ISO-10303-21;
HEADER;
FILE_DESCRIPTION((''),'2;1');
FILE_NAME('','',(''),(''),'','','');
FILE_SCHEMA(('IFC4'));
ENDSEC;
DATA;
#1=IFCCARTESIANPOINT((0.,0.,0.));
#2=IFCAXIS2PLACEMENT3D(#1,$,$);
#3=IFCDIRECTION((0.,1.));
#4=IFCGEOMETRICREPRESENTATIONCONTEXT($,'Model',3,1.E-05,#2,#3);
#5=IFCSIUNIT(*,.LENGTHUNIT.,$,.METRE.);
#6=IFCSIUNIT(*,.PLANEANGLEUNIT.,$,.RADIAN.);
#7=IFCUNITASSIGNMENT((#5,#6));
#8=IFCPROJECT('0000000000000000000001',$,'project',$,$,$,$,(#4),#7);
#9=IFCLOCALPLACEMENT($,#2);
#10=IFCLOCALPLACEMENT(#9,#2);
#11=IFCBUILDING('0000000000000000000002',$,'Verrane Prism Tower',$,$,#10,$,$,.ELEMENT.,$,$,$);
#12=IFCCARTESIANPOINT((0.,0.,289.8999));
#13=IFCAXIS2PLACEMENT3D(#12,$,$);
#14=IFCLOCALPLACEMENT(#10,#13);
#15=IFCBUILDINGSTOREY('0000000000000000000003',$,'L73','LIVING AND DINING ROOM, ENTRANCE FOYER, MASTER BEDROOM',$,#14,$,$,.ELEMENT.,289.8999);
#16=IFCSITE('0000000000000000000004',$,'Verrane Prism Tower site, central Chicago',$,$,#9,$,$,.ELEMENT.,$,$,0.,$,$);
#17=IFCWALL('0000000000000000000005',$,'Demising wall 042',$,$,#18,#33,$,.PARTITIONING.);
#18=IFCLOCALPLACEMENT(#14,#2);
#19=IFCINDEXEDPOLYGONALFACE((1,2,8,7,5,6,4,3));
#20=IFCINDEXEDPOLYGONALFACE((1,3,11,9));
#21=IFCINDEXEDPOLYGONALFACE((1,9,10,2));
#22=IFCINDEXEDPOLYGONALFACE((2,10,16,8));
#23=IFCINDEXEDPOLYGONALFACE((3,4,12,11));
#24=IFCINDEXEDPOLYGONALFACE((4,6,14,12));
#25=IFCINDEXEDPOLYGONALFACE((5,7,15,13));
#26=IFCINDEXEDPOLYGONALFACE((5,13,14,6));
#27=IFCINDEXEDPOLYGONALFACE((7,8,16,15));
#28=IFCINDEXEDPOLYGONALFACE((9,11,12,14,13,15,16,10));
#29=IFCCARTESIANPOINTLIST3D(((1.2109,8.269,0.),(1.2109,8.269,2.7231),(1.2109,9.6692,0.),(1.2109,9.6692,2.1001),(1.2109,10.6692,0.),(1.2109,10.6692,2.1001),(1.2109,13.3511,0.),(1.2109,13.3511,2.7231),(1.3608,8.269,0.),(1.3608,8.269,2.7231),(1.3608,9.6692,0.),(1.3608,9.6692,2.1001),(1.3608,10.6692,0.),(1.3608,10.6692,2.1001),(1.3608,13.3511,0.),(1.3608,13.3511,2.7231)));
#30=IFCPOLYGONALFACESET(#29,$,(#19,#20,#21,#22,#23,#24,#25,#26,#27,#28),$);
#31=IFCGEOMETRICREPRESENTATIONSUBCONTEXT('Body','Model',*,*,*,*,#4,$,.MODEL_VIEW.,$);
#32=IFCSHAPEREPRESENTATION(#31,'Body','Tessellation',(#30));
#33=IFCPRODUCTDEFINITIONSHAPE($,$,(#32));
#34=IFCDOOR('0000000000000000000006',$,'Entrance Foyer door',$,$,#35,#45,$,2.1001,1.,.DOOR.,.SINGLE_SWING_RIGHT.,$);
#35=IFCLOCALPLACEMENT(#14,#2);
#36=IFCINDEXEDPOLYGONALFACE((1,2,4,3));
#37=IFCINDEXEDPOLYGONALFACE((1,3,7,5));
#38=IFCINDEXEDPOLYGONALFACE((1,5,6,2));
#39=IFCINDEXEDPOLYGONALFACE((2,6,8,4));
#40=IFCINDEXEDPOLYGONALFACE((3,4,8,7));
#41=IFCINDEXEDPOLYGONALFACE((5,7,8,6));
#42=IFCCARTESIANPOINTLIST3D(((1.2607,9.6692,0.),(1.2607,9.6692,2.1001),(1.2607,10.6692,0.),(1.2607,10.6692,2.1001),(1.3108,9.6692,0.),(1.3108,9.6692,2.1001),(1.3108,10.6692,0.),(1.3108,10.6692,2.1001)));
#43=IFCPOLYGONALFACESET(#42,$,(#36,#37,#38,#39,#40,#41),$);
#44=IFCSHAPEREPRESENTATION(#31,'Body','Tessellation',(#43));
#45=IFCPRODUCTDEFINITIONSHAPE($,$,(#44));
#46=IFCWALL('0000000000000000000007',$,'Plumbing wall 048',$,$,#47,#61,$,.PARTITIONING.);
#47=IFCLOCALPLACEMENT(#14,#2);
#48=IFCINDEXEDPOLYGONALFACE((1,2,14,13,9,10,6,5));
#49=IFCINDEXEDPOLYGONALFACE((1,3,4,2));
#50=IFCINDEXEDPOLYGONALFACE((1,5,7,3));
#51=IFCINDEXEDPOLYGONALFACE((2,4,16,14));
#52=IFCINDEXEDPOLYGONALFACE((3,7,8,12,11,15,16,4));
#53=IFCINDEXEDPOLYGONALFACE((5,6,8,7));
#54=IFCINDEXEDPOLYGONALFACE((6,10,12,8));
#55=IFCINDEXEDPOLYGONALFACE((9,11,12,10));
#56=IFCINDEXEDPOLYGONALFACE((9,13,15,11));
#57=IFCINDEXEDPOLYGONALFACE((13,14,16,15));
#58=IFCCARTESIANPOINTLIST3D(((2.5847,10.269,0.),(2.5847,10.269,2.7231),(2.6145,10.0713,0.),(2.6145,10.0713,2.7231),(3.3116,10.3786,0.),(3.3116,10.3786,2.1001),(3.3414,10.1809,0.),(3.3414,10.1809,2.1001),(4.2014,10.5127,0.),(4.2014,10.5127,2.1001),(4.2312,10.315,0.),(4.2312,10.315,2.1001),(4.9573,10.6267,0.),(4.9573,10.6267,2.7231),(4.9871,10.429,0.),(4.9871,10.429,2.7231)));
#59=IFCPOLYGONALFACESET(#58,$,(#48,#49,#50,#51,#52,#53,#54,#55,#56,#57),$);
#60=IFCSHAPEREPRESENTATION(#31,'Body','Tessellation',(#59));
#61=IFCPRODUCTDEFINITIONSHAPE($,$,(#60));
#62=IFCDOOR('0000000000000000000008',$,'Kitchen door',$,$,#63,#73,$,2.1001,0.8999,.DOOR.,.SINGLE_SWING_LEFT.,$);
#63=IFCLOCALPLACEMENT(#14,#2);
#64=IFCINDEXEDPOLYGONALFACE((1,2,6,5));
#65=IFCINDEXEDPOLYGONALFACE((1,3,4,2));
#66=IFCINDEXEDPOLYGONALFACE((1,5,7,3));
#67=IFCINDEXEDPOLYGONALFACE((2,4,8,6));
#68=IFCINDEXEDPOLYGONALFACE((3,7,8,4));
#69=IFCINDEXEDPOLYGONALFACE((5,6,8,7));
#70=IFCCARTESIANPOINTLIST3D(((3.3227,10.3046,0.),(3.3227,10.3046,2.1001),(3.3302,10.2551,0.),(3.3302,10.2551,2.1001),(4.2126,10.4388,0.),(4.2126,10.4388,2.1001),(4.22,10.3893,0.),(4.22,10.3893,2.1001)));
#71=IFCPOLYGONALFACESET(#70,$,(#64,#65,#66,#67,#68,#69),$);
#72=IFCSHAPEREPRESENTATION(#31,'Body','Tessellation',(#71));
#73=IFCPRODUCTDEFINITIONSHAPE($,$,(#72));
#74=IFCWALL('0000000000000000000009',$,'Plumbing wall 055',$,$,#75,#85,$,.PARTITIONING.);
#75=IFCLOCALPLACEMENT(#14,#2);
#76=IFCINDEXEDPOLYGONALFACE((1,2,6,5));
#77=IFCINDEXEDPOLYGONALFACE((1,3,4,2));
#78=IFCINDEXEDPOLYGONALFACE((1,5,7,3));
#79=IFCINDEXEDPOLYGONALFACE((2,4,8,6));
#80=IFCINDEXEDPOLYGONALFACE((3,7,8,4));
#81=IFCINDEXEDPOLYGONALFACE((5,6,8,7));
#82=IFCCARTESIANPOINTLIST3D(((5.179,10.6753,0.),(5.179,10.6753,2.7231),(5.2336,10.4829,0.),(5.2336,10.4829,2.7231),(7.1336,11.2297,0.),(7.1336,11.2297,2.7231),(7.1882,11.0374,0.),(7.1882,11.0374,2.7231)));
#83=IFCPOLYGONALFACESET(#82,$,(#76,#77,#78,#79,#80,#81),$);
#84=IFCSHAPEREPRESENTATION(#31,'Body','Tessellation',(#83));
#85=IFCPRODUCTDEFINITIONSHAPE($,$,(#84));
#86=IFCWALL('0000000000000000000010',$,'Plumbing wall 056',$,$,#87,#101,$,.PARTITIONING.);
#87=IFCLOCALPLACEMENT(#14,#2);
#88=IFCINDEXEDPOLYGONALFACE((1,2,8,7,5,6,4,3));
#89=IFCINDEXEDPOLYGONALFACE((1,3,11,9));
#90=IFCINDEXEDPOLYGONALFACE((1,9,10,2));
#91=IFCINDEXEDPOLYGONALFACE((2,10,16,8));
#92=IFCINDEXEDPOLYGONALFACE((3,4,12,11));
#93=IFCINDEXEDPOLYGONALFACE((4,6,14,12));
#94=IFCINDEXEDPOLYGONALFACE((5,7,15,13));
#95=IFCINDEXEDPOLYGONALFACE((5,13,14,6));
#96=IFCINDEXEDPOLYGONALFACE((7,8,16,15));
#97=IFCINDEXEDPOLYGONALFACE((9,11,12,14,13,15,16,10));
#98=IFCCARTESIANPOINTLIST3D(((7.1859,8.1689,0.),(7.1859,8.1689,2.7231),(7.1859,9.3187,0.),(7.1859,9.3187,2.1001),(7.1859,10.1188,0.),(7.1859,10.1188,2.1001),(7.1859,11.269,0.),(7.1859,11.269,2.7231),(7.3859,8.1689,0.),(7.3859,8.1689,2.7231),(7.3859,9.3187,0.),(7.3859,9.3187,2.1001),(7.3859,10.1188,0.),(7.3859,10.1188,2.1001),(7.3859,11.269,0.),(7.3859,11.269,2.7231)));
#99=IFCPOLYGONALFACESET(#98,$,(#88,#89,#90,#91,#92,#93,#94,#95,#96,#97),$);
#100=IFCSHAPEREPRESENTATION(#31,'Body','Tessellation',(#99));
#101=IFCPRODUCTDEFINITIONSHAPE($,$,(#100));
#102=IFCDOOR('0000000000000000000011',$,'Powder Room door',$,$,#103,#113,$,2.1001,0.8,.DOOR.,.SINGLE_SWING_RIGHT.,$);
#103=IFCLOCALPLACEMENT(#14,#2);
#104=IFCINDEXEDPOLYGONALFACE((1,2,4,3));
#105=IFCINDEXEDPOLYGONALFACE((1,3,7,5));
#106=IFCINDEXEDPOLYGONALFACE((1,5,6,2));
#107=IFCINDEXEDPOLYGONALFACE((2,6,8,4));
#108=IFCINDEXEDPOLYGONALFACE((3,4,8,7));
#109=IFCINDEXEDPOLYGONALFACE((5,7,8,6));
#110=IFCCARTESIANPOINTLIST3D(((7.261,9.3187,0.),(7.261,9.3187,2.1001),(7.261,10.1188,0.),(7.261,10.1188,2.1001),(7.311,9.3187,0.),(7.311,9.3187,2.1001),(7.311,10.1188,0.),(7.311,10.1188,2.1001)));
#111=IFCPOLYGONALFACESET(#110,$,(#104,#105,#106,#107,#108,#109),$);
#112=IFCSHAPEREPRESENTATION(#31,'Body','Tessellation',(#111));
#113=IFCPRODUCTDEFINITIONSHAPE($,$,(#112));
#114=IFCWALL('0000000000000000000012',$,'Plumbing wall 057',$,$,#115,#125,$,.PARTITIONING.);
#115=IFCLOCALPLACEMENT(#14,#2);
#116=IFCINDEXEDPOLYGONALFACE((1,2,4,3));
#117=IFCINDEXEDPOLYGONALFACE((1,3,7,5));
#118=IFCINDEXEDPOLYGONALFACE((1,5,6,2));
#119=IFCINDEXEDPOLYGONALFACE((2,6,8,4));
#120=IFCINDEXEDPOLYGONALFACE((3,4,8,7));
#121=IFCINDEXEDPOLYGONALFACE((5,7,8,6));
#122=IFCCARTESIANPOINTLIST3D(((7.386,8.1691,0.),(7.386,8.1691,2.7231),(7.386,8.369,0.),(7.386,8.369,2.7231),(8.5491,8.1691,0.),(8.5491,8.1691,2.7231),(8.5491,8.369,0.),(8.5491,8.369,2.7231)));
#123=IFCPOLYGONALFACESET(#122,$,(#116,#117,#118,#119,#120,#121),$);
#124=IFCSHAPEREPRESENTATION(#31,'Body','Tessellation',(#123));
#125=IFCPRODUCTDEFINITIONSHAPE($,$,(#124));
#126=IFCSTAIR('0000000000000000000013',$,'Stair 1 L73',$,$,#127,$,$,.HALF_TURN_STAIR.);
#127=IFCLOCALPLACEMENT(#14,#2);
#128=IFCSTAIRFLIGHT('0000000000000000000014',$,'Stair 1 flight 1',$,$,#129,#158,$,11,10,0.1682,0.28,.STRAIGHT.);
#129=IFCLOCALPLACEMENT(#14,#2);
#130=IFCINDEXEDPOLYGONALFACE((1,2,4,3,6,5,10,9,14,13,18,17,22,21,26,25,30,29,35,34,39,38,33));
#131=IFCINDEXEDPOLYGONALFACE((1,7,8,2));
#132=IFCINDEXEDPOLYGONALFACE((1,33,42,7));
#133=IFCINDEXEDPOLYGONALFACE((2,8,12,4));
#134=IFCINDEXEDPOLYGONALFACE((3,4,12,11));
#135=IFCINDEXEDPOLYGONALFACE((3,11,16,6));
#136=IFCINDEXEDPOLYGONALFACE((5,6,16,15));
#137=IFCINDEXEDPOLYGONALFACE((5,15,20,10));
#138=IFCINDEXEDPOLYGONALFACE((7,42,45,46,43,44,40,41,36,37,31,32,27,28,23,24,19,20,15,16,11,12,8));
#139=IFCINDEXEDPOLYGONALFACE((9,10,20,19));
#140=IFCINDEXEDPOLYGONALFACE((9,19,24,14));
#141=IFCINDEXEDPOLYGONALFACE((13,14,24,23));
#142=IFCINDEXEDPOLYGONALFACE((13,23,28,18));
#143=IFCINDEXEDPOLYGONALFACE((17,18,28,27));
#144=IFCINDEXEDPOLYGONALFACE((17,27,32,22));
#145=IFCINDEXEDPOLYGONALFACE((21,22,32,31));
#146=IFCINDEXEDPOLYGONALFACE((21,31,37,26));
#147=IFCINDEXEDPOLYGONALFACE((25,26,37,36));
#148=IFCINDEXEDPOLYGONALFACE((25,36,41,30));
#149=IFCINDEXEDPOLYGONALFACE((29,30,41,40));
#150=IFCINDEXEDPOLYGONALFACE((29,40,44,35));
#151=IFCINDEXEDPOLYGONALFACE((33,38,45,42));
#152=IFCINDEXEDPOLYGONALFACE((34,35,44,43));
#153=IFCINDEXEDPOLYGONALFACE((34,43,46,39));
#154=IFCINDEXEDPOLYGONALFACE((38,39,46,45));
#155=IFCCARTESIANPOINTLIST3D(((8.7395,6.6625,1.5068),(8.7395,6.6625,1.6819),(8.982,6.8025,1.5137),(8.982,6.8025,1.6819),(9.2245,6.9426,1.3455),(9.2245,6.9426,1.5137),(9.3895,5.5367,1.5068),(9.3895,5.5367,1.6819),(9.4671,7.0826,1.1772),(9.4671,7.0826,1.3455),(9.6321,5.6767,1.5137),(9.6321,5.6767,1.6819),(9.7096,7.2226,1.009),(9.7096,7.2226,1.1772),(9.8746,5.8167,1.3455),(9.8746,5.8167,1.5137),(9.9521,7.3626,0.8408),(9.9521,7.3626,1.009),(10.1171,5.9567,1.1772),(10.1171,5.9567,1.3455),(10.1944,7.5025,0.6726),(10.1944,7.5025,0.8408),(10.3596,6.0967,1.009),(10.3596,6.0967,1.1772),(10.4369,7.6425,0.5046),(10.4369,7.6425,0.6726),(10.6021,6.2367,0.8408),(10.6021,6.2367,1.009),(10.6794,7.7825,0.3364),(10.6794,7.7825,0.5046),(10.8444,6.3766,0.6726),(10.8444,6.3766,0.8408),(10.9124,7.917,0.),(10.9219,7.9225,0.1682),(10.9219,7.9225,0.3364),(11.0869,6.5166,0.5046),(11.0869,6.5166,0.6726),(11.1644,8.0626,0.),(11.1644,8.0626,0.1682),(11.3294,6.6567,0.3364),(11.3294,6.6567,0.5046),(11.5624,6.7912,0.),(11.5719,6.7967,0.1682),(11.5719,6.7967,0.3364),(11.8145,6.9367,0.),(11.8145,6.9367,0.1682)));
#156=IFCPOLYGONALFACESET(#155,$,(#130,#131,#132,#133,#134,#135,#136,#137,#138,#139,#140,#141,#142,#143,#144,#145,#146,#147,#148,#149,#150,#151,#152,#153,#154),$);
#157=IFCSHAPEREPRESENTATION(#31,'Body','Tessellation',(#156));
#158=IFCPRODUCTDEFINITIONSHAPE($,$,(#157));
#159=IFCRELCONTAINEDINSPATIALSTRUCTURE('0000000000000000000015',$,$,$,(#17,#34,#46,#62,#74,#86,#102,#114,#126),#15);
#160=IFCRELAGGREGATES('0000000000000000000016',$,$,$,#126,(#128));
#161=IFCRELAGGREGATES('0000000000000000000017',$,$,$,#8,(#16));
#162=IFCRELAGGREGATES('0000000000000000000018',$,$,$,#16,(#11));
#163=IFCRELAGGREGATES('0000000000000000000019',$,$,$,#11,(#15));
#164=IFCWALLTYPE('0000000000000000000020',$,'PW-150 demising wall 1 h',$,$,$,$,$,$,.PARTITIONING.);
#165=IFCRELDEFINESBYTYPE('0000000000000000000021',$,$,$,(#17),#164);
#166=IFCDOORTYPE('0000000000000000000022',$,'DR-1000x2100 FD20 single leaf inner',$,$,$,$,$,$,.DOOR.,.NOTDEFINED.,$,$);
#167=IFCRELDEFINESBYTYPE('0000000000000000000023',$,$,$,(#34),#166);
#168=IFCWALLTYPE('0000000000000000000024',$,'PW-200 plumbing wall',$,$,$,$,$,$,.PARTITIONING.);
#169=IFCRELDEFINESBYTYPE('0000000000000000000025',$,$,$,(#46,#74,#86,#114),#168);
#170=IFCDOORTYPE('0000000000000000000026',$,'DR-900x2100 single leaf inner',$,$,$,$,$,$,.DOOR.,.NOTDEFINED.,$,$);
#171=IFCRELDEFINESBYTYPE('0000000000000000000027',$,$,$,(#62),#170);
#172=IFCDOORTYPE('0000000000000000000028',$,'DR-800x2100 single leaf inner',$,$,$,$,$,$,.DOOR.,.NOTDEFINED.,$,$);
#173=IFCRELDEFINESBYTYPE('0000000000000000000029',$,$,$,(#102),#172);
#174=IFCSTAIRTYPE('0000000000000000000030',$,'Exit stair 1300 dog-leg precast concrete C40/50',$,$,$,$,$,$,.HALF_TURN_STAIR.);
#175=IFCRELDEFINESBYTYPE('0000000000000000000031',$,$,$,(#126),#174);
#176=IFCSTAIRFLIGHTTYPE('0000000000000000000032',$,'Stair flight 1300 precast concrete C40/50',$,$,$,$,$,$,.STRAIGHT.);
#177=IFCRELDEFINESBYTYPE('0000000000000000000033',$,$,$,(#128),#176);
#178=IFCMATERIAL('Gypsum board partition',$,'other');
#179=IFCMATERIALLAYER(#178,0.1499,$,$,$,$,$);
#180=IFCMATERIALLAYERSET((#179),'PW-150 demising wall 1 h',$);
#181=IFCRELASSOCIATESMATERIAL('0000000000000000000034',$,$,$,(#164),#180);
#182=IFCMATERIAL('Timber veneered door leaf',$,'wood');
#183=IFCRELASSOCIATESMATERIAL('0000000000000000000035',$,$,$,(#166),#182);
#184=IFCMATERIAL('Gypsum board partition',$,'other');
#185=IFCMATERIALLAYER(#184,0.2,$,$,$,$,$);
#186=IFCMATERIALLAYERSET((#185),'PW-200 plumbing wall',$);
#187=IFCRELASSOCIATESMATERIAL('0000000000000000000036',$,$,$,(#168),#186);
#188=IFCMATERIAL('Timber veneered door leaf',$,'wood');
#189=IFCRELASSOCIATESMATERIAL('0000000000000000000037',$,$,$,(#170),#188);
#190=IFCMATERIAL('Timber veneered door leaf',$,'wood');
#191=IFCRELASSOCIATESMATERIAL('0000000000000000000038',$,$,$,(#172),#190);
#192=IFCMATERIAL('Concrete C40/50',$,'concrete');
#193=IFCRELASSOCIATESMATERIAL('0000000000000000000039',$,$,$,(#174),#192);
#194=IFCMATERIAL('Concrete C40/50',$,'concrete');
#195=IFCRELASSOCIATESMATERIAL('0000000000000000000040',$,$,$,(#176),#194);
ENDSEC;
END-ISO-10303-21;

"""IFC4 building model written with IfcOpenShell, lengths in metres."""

from ifc_helpers import new_model, si_unit, direction, frame, frame_2d, origin, place, context, subcontext, project, spatial, polyline, rectangle, outline, extrude, material, layer, layer_set, type_object, element, fill, aggregate, save


model = new_model("IFC4")

# Units and contexts
model_context = context("Model", 3, precision=1e-05, world=origin(), true_north=direction((0.0, 1.0)))
body_context = subcontext(model_context, "Body", "Model", "MODEL_VIEW")
ifc_project = project(units=[si_unit("LENGTHUNIT", "METRE"), si_unit("PLANEANGLEUNIT", "RADIAN")], contexts=[model_context])

# Site, building, storey
site_placement = place(None, origin())
site = spatial("IfcSite", under=ifc_project, at=site_placement, Name="Verrane Prism Tower site, central Chicago", CompositionType="ELEMENT", RefElevation=0.0)
building_placement = place(site_placement, origin())
building = spatial("IfcBuilding", under=site, at=building_placement, Name="Verrane Prism Tower", CompositionType="ELEMENT")
storey_placement = place(building_placement, frame((0.0, 0.0, 289.8999)))
storey = spatial("IfcBuildingStorey", under=building, at=storey_placement, Name="L73", Description="LIVING AND DINING ROOM, ENTRANCE FOYER, MASTER BEDROOM", CompositionType="ELEMENT", Elevation=289.8999)

# Walls, openings, doors
ifc_material_1 = material(Name="Gypsum board partition", Category="other")
ifc_layer_1 = layer(ifc_material_1, 0.1499)
ifc_layer_set_1 = layer_set([ifc_layer_1], Name="PW-150 demising wall 1 h")
wall_type_1 = type_object("IfcWallType", Name="PW-150 demising wall 1 h", PredefinedType="PARTITIONING", material=ifc_layer_set_1)
wall_1_placement = place(storey_placement, frame((1.2859, 13.3511, 0.0), z_axis=(0.0, 0.0, 1.0), x_axis=(0.0, -1.0, 0.0)))
wall_1 = element("IfcWall", 1, at=wall_1_placement, inside=storey, type_object=wall_type_1, Name="Demising wall 042", PredefinedType="PARTITIONING", context=body_context, shape_type="SweptSolid", body=[
    extrude(rectangle(XDim=5.082, YDim=0.1499, at=frame_2d((2.541, 0.0))), origin(), (0.0, 0.0, 1.0), 2.7231),
])
opening_1_placement = place(wall_1_placement, frame((2.6819, 0.0, 0.0)))
opening_1 = element("IfcOpeningElement", 2, at=opening_1_placement, cuts=wall_1, PredefinedType="OPENING", context=body_context, shape_type="SweptSolid", body=[
    extrude(rectangle(XDim=1.0, YDim=2.1001, at=frame_2d((0.5, 1.05))), frame((0.0, 0.085, 0.0), z_axis=(0.0, -1.0, 0.0), x_axis=(1.0, 0.0, 0.0)), (0.0, 0.0, 1.0), 0.1699),
])
ifc_material_2 = material(Name="Timber veneered door leaf", Category="wood")
door_type_1 = type_object("IfcDoorType", Name="DR-1000x2100 FD20 single leaf inner", OperationType="NOTDEFINED", PredefinedType="DOOR", material=ifc_material_2)
door_1_placement = place(opening_1_placement, origin())
door_1 = element("IfcDoor", 3, at=door_1_placement, inside=storey, type_object=door_type_1, Name="Entrance Foyer door", OperationType="SINGLE_SWING_RIGHT", OverallHeight=2.1001, OverallWidth=1.0, PredefinedType="DOOR", context=body_context, shape_type="SweptSolid", body=[
    extrude(rectangle(XDim=1.0, YDim=2.1001, at=frame_2d((0.5, 1.05))), frame((0.0, 0.0249, 0.0), z_axis=(0.0, -1.0, 0.0), x_axis=(1.0, 0.0, 0.0)), (0.0, 0.0, 1.0), 0.05),
])
fill(opening_1, door_1)
ifc_material_3 = material(Name="Gypsum board partition", Category="other")
ifc_layer_2 = layer(ifc_material_3, 0.2)
ifc_layer_set_2 = layer_set([ifc_layer_2], Name="PW-200 plumbing wall")
wall_type_2 = type_object("IfcWallType", Name="PW-200 plumbing wall", PredefinedType="PARTITIONING", material=ifc_layer_set_2)
wall_2_placement = place(storey_placement, frame((4.9722, 10.5278, 0.0), z_axis=(0.0, 0.0, 1.0), x_axis=(-0.988827, -0.149067, 0.0)))
wall_2 = element("IfcWall", 4, at=wall_2_placement, inside=storey, type_object=wall_type_2, Name="Plumbing wall 048", PredefinedType="PARTITIONING", context=body_context, shape_type="SweptSolid", body=[
    extrude(rectangle(XDim=2.3994, YDim=0.2, at=frame_2d((1.1997, 0.0))), origin(), (0.0, 0.0, 1.0), 2.7231),
])
opening_2_placement = place(wall_2_placement, frame((0.7644, 0.0, 0.0)))
opening_2 = element("IfcOpeningElement", 5, at=opening_2_placement, cuts=wall_2, PredefinedType="OPENING", context=body_context, shape_type="SweptSolid", body=[
    extrude(rectangle(XDim=0.8999, YDim=2.1001, at=frame_2d((0.45, 1.05))), frame((0.0, 0.1099, 0.0), z_axis=(0.0, -1.0, 0.0), x_axis=(1.0, 0.0, 0.0)), (0.0, 0.0, 1.0), 0.22),
])
ifc_material_4 = material(Name="Timber veneered door leaf", Category="wood")
door_type_2 = type_object("IfcDoorType", Name="DR-900x2100 single leaf inner", OperationType="NOTDEFINED", PredefinedType="DOOR", material=ifc_material_4)
door_2_placement = place(opening_2_placement, origin())
door_2 = element("IfcDoor", 6, at=door_2_placement, inside=storey, type_object=door_type_2, Name="Kitchen door", OperationType="SINGLE_SWING_LEFT", OverallHeight=2.1001, OverallWidth=0.8999, PredefinedType="DOOR", context=body_context, shape_type="SweptSolid", body=[
    extrude(rectangle(XDim=0.8999, YDim=2.1001, at=frame_2d((0.45, 1.05))), frame((0.0, 0.0249, 0.0), z_axis=(0.0, -1.0, 0.0), x_axis=(1.0, 0.0, 0.0)), (0.0, 0.0, 1.0), 0.05),
])
fill(opening_2, door_2)

# Wall
wall_3_placement = place(storey_placement, frame((5.2063, 10.5791, 0.0), z_axis=(0.0, 0.0, 1.0), x_axis=(0.962044, 0.272895, 0.0)))
element("IfcWall", 7, at=wall_3_placement, inside=storey, type_object=wall_type_2, Name="Plumbing wall 055", PredefinedType="PARTITIONING", context=body_context, shape_type="SweptSolid", body=[
    extrude(rectangle(XDim=2.0317, YDim=0.2, at=frame_2d((1.0159, 0.0))), origin(), (0.0, 0.0, 1.0), 2.7231),
])

# Wall, opening, door
wall_4_placement = place(storey_placement, frame((7.2859, 8.1689, 0.0), z_axis=(0.0, 0.0, 1.0), x_axis=(0.0, 1.0, 0.0)))
wall_4 = element("IfcWall", 8, at=wall_4_placement, inside=storey, type_object=wall_type_2, Name="Plumbing wall 056", PredefinedType="PARTITIONING", context=body_context, shape_type="SweptSolid", body=[
    extrude(rectangle(XDim=3.1001, YDim=0.2, at=frame_2d((1.55, 0.0))), origin(), (0.0, 0.0, 1.0), 2.7231),
])
opening_3_placement = place(wall_4_placement, frame((1.1499, 0.0, 0.0)))
opening_3 = element("IfcOpeningElement", 9, at=opening_3_placement, cuts=wall_4, PredefinedType="OPENING", context=body_context, shape_type="SweptSolid", body=[
    extrude(rectangle(XDim=0.8, YDim=2.1001, at=frame_2d((0.3999, 1.05))), frame((0.0, 0.1099, 0.0), z_axis=(0.0, -1.0, 0.0), x_axis=(1.0, 0.0, 0.0)), (0.0, 0.0, 1.0), 0.22),
])
ifc_material_5 = material(Name="Timber veneered door leaf", Category="wood")
door_type_3 = type_object("IfcDoorType", Name="DR-800x2100 single leaf inner", OperationType="NOTDEFINED", PredefinedType="DOOR", material=ifc_material_5)
door_3_placement = place(opening_3_placement, origin())
door_3 = element("IfcDoor", 10, at=door_3_placement, inside=storey, type_object=door_type_3, Name="Powder Room door", OperationType="SINGLE_SWING_RIGHT", OverallHeight=2.1001, OverallWidth=0.8, PredefinedType="DOOR", context=body_context, shape_type="SweptSolid", body=[
    extrude(rectangle(XDim=0.8, YDim=2.1001, at=frame_2d((0.3999, 1.05))), frame((0.0, 0.0249, 0.0), z_axis=(0.0, -1.0, 0.0), x_axis=(1.0, 0.0, 0.0)), (0.0, 0.0, 1.0), 0.05),
])
fill(opening_3, door_3)

# Wall
wall_5_placement = place(storey_placement, frame((7.386, 8.269, 0.0), z_axis=(0.0, 0.0, 1.0), x_axis=(1.0, 0.0, 0.0)))
element("IfcWall", 11, at=wall_5_placement, inside=storey, type_object=wall_type_2, Name="Plumbing wall 057", PredefinedType="PARTITIONING", context=body_context, shape_type="SweptSolid", body=[
    extrude(rectangle(XDim=1.1631, YDim=0.2, at=frame_2d((0.5815, 0.0))), origin(), (0.0, 0.0, 1.0), 2.7231),
])

# Stair, stair flight
ifc_material_6 = material(Name="Concrete C40/50", Category="concrete")
stair_type = type_object("IfcStairType", Name="Exit stair 1300 dog-leg precast concrete C40/50", PredefinedType="HALF_TURN_STAIR", material=ifc_material_6)
stair_placement = place(storey_placement, origin())
stair = element("IfcStair", 12, at=stair_placement, inside=storey, type_object=stair_type, Name="Stair 1 L73", PredefinedType="HALF_TURN_STAIR")
ifc_material_7 = material(Name="Concrete C40/50", Category="concrete")
stair_flight_type = type_object("IfcStairFlightType", Name="Stair flight 1300 precast concrete C40/50", PredefinedType="STRAIGHT", material=ifc_material_7)
stair_flight_placement = place(storey_placement, frame((11.4895, 7.4995, 0.0), z_axis=(0.0, 0.0, 1.0), x_axis=(-0.866025, -0.5, 0.0)))
stair_flight = element("IfcStairFlight", 13, at=stair_flight_placement, type_object=stair_flight_type, Name="Stair 1 flight 1", NumberOfRisers=11, NumberOfTreads=10, PredefinedType="STRAIGHT", RiserHeight=0.1682, TreadLength=0.28, context=body_context, shape_type="SweptSolid", body=[
    extrude(outline(polyline([(0.0, 0.0), (0.0, 0.1682), (0.28, 0.1682), (0.28, 0.3364), (0.5601, 0.3364), (0.5601, 0.5046), (0.8401, 0.5046), (0.8401, 0.6726), (1.1201, 0.6726), (1.1201, 0.8408), (1.3999, 0.8408), (1.3999, 1.009), (1.6799, 1.009), (1.6799, 1.1772), (1.96, 1.1772), (1.96, 1.3455), (2.24, 1.3455), (2.24, 1.5137), (2.52, 1.5137), (2.52, 1.6819), (2.8, 1.6819), (2.8, 1.8501), (2.8, 1.5068), (0.291, 0.0), (0.0, 0.0)])), frame((0.0, 0.6499, 0.0), z_axis=(0.0, -1.0, 0.0), x_axis=(1.0, 0.0, 0.0)), (0.0, 0.0, 1.0), 1.3),
])
aggregate(stair, [stair_flight])

save(model, "model.ifc")
